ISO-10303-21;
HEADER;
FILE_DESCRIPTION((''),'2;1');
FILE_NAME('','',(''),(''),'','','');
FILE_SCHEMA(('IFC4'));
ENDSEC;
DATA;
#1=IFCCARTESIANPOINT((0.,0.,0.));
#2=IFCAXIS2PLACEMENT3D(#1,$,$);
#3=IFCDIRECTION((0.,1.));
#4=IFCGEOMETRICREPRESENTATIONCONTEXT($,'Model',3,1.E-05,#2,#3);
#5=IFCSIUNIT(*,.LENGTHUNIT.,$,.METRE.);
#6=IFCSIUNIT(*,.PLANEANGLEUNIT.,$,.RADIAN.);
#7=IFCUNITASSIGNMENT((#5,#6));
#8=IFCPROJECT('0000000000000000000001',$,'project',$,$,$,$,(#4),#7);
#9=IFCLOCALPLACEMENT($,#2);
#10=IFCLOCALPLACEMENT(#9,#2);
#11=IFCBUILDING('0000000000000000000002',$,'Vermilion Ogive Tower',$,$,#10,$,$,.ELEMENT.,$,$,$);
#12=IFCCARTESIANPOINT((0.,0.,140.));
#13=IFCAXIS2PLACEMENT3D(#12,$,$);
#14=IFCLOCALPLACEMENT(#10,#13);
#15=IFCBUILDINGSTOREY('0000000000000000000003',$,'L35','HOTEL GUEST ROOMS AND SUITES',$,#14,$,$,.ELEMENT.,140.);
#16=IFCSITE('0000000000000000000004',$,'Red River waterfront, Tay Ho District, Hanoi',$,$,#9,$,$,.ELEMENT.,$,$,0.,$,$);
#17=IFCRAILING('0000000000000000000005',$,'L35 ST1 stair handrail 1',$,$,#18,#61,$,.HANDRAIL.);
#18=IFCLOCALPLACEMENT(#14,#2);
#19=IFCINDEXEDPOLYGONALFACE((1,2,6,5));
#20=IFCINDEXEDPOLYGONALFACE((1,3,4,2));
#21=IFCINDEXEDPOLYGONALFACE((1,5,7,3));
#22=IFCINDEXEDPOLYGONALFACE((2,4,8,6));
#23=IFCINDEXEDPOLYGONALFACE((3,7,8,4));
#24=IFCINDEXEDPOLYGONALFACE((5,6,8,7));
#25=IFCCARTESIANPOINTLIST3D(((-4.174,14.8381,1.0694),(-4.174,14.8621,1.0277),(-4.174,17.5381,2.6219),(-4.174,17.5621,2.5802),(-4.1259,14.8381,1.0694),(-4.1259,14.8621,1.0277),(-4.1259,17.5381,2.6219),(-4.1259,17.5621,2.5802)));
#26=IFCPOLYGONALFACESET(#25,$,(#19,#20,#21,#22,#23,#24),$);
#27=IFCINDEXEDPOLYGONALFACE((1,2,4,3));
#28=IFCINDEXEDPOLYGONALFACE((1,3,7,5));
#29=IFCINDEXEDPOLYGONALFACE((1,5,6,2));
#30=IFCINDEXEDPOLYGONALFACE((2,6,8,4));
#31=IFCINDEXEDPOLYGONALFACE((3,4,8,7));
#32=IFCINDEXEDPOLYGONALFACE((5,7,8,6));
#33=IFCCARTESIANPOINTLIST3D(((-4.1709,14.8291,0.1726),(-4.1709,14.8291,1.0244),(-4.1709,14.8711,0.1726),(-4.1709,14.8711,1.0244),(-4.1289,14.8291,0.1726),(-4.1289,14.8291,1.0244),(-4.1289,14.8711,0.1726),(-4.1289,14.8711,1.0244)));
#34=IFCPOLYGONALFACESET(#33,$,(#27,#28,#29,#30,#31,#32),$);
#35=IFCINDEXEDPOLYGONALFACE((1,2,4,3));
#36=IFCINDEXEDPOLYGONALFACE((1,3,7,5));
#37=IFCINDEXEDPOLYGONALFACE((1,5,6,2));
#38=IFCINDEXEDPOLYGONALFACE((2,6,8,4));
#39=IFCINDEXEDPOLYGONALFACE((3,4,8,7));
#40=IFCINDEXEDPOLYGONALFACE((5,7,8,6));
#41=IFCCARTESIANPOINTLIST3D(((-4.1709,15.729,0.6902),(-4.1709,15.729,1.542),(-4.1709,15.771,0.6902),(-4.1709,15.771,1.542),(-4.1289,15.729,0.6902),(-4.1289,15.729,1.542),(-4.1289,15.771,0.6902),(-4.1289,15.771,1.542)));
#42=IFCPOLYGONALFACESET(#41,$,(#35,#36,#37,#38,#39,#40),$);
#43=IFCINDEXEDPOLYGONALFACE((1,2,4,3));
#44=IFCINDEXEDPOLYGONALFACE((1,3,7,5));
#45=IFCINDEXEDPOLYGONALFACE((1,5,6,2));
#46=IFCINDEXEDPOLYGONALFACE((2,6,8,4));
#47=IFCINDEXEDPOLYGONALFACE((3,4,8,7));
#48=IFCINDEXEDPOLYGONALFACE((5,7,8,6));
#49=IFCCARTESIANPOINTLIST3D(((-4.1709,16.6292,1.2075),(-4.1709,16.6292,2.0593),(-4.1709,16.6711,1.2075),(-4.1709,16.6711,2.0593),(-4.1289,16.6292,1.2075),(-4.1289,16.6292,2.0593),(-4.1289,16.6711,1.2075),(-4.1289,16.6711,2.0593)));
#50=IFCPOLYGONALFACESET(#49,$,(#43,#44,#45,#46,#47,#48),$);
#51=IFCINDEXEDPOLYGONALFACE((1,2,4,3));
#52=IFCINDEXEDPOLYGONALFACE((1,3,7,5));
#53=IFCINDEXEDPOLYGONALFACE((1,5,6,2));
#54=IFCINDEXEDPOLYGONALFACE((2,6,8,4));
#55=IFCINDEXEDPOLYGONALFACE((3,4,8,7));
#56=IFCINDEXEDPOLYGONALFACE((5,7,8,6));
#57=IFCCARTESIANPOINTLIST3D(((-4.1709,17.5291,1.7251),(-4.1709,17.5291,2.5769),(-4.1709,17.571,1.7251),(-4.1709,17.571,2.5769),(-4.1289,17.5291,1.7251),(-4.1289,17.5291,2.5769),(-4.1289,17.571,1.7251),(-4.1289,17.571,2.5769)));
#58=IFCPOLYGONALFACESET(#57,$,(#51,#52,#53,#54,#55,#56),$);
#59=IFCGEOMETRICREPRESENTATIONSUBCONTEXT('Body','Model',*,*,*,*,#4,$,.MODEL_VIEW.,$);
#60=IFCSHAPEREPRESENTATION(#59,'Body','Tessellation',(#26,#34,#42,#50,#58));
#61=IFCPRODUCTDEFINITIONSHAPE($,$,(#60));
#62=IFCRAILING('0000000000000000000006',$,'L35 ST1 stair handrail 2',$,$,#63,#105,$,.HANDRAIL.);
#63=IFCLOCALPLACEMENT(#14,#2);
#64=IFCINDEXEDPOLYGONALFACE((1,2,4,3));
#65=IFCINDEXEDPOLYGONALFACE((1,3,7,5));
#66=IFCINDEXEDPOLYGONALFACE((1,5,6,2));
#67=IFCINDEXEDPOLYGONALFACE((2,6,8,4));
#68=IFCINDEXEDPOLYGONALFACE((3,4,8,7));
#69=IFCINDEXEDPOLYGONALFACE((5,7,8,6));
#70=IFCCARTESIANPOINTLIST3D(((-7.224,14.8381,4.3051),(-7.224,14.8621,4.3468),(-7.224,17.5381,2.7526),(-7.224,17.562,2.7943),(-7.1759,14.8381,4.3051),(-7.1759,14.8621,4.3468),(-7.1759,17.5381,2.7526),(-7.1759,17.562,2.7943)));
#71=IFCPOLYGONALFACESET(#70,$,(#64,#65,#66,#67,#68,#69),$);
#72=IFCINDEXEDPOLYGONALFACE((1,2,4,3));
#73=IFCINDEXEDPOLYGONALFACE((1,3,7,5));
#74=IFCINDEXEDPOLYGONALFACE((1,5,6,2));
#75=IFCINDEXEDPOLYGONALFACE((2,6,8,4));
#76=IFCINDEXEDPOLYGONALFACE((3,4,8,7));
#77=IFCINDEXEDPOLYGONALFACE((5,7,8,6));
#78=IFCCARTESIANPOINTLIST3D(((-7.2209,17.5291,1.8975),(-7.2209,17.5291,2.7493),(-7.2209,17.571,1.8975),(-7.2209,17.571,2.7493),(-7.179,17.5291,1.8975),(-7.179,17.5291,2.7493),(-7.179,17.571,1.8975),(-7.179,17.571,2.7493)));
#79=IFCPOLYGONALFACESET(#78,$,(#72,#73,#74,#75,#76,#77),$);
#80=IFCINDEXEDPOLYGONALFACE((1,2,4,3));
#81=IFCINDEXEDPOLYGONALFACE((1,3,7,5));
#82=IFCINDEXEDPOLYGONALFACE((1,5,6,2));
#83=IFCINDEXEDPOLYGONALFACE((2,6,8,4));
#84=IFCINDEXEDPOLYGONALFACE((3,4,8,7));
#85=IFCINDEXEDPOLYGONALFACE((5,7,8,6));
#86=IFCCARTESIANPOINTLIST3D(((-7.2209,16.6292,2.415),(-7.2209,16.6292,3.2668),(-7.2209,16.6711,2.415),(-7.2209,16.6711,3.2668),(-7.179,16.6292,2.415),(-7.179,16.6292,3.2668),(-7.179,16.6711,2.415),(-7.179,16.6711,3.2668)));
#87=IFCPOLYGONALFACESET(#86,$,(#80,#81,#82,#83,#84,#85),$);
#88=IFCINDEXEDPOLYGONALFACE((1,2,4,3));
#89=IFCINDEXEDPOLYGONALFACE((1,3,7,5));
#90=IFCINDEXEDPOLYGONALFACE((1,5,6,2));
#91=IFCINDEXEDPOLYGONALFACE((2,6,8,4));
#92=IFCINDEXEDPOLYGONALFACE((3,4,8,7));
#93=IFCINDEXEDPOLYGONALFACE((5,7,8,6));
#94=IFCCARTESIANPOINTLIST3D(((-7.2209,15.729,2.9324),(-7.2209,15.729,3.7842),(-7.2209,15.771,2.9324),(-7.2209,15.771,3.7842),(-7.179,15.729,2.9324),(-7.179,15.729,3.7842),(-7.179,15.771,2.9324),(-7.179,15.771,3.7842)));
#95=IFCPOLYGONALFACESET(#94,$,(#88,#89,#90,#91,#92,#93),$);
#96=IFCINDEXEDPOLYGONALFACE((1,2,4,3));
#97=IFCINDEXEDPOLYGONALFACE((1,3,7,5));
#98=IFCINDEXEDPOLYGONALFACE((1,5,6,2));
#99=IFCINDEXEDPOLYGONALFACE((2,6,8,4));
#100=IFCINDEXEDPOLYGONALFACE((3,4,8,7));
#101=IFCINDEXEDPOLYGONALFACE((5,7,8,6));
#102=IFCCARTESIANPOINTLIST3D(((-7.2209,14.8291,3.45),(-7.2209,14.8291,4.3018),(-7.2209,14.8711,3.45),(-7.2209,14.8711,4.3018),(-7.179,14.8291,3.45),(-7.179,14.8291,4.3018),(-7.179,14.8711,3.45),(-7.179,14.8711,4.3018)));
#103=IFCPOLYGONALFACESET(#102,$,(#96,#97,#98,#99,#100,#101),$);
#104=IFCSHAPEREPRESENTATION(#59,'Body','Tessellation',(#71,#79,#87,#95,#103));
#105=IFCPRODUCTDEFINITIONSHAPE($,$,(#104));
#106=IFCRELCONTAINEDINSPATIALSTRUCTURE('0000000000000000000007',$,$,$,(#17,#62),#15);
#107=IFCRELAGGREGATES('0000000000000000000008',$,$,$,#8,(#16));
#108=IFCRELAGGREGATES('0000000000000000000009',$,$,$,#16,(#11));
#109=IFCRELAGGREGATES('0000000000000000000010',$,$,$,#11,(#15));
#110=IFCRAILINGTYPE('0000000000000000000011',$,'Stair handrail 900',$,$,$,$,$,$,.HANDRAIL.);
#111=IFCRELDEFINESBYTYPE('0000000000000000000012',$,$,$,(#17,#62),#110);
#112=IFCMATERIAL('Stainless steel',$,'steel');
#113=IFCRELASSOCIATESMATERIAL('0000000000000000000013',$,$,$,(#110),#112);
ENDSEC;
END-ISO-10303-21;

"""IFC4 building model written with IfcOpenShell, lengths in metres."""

from ifc_helpers import new_model, si_unit, direction, frame, origin, origin_2d, place, context, subcontext, project, spatial, rectangle, extrude, material, type_object, element, save


model = new_model("IFC4")

# Units and contexts
model_context = context("Model", 3, precision=1e-05, world=origin(), true_north=direction((0.0, 1.0)))
body_context = subcontext(model_context, "Body", "Model", "MODEL_VIEW")
ifc_project = project(units=[si_unit("LENGTHUNIT", "METRE"), si_unit("PLANEANGLEUNIT", "RADIAN")], contexts=[model_context])

# Site, building, storey
site_placement = place(None, origin())
site = spatial("IfcSite", under=ifc_project, at=site_placement, Name="Red River waterfront, Tay Ho District, Hanoi", CompositionType="ELEMENT", RefElevation=0.0)
building_placement = place(site_placement, origin())
building = spatial("IfcBuilding", under=site, at=building_placement, Name="Vermilion Ogive Tower", CompositionType="ELEMENT")
storey_placement = place(building_placement, frame((0.0, 0.0, 140.0)))
storey = spatial("IfcBuildingStorey", under=building, at=storey_placement, Name="L35", Description="HOTEL GUEST ROOMS AND SUITES", CompositionType="ELEMENT", Elevation=140.0)

# Railings
ifc_material_1 = material(Name="Stainless steel", Category="steel")
railing_type_1 = type_object("IfcRailingType", Name="Stair handrail 900", PredefinedType="HANDRAIL", material=ifc_material_1)
railing_1_placement = place(storey_placement, frame((-4.1499, 14.8501, 0.1726)))
element("IfcRailing", 1, at=railing_1_placement, inside=storey, type_object=railing_type_1, Name="L35 ST1 stair handrail 1", PredefinedType="HANDRAIL", context=body_context, shape_type="SweptSolid", body=[
    extrude(rectangle(XDim=0.0481, YDim=0.0481, at=origin_2d()), frame((0.0, 0.0, 0.876), z_axis=(0.0, 0.866904, 0.498476), x_axis=(-1.0, 0.0, 0.0)), (0.0, 0.0, 1.0), 3.1145),
    extrude(rectangle(XDim=0.042, YDim=0.042, at=origin_2d()), origin(), (0.0, 0.0, 1.0), 0.8518),
    extrude(rectangle(XDim=0.042, YDim=0.042, at=origin_2d()), frame((0.0, 0.8999, 0.5176)), (0.0, 0.0, 1.0), 0.8518),
    extrude(rectangle(XDim=0.042, YDim=0.042, at=origin_2d()), frame((0.0, 1.8, 1.0349)), (0.0, 0.0, 1.0), 0.8518),
    extrude(rectangle(XDim=0.042, YDim=0.042, at=origin_2d()), frame((0.0, 2.7, 1.5525)), (0.0, 0.0, 1.0), 0.8518),
])
railing_2_placement = place(storey_placement, frame((-7.2, 17.55, 1.8975)))
element("IfcRailing", 2, at=railing_2_placement, inside=storey, type_object=railing_type_1, Name="L35 ST1 stair handrail 2", PredefinedType="HANDRAIL", context=body_context, shape_type="SweptSolid", body=[
    extrude(rectangle(XDim=0.0481, YDim=0.0481, at=origin_2d()), frame((0.0, 0.0, 0.876), z_axis=(0.0, -0.866904, 0.498476), x_axis=(1.0, 0.0, 0.0)), (0.0, 0.0, 1.0), 3.1145),
    extrude(rectangle(XDim=0.042, YDim=0.042, at=origin_2d()), origin(), (0.0, 0.0, 1.0), 0.8518),
    extrude(rectangle(XDim=0.042, YDim=0.042, at=origin_2d()), frame((0.0, -0.8999, 0.5176)), (0.0, 0.0, 1.0), 0.8518),
    extrude(rectangle(XDim=0.042, YDim=0.042, at=origin_2d()), frame((0.0, -1.8, 1.0349)), (0.0, 0.0, 1.0), 0.8518),
    extrude(rectangle(XDim=0.042, YDim=0.042, at=origin_2d()), frame((0.0, -2.7, 1.5525)), (0.0, 0.0, 1.0), 0.8518),
])

save(model, "model.ifc")
